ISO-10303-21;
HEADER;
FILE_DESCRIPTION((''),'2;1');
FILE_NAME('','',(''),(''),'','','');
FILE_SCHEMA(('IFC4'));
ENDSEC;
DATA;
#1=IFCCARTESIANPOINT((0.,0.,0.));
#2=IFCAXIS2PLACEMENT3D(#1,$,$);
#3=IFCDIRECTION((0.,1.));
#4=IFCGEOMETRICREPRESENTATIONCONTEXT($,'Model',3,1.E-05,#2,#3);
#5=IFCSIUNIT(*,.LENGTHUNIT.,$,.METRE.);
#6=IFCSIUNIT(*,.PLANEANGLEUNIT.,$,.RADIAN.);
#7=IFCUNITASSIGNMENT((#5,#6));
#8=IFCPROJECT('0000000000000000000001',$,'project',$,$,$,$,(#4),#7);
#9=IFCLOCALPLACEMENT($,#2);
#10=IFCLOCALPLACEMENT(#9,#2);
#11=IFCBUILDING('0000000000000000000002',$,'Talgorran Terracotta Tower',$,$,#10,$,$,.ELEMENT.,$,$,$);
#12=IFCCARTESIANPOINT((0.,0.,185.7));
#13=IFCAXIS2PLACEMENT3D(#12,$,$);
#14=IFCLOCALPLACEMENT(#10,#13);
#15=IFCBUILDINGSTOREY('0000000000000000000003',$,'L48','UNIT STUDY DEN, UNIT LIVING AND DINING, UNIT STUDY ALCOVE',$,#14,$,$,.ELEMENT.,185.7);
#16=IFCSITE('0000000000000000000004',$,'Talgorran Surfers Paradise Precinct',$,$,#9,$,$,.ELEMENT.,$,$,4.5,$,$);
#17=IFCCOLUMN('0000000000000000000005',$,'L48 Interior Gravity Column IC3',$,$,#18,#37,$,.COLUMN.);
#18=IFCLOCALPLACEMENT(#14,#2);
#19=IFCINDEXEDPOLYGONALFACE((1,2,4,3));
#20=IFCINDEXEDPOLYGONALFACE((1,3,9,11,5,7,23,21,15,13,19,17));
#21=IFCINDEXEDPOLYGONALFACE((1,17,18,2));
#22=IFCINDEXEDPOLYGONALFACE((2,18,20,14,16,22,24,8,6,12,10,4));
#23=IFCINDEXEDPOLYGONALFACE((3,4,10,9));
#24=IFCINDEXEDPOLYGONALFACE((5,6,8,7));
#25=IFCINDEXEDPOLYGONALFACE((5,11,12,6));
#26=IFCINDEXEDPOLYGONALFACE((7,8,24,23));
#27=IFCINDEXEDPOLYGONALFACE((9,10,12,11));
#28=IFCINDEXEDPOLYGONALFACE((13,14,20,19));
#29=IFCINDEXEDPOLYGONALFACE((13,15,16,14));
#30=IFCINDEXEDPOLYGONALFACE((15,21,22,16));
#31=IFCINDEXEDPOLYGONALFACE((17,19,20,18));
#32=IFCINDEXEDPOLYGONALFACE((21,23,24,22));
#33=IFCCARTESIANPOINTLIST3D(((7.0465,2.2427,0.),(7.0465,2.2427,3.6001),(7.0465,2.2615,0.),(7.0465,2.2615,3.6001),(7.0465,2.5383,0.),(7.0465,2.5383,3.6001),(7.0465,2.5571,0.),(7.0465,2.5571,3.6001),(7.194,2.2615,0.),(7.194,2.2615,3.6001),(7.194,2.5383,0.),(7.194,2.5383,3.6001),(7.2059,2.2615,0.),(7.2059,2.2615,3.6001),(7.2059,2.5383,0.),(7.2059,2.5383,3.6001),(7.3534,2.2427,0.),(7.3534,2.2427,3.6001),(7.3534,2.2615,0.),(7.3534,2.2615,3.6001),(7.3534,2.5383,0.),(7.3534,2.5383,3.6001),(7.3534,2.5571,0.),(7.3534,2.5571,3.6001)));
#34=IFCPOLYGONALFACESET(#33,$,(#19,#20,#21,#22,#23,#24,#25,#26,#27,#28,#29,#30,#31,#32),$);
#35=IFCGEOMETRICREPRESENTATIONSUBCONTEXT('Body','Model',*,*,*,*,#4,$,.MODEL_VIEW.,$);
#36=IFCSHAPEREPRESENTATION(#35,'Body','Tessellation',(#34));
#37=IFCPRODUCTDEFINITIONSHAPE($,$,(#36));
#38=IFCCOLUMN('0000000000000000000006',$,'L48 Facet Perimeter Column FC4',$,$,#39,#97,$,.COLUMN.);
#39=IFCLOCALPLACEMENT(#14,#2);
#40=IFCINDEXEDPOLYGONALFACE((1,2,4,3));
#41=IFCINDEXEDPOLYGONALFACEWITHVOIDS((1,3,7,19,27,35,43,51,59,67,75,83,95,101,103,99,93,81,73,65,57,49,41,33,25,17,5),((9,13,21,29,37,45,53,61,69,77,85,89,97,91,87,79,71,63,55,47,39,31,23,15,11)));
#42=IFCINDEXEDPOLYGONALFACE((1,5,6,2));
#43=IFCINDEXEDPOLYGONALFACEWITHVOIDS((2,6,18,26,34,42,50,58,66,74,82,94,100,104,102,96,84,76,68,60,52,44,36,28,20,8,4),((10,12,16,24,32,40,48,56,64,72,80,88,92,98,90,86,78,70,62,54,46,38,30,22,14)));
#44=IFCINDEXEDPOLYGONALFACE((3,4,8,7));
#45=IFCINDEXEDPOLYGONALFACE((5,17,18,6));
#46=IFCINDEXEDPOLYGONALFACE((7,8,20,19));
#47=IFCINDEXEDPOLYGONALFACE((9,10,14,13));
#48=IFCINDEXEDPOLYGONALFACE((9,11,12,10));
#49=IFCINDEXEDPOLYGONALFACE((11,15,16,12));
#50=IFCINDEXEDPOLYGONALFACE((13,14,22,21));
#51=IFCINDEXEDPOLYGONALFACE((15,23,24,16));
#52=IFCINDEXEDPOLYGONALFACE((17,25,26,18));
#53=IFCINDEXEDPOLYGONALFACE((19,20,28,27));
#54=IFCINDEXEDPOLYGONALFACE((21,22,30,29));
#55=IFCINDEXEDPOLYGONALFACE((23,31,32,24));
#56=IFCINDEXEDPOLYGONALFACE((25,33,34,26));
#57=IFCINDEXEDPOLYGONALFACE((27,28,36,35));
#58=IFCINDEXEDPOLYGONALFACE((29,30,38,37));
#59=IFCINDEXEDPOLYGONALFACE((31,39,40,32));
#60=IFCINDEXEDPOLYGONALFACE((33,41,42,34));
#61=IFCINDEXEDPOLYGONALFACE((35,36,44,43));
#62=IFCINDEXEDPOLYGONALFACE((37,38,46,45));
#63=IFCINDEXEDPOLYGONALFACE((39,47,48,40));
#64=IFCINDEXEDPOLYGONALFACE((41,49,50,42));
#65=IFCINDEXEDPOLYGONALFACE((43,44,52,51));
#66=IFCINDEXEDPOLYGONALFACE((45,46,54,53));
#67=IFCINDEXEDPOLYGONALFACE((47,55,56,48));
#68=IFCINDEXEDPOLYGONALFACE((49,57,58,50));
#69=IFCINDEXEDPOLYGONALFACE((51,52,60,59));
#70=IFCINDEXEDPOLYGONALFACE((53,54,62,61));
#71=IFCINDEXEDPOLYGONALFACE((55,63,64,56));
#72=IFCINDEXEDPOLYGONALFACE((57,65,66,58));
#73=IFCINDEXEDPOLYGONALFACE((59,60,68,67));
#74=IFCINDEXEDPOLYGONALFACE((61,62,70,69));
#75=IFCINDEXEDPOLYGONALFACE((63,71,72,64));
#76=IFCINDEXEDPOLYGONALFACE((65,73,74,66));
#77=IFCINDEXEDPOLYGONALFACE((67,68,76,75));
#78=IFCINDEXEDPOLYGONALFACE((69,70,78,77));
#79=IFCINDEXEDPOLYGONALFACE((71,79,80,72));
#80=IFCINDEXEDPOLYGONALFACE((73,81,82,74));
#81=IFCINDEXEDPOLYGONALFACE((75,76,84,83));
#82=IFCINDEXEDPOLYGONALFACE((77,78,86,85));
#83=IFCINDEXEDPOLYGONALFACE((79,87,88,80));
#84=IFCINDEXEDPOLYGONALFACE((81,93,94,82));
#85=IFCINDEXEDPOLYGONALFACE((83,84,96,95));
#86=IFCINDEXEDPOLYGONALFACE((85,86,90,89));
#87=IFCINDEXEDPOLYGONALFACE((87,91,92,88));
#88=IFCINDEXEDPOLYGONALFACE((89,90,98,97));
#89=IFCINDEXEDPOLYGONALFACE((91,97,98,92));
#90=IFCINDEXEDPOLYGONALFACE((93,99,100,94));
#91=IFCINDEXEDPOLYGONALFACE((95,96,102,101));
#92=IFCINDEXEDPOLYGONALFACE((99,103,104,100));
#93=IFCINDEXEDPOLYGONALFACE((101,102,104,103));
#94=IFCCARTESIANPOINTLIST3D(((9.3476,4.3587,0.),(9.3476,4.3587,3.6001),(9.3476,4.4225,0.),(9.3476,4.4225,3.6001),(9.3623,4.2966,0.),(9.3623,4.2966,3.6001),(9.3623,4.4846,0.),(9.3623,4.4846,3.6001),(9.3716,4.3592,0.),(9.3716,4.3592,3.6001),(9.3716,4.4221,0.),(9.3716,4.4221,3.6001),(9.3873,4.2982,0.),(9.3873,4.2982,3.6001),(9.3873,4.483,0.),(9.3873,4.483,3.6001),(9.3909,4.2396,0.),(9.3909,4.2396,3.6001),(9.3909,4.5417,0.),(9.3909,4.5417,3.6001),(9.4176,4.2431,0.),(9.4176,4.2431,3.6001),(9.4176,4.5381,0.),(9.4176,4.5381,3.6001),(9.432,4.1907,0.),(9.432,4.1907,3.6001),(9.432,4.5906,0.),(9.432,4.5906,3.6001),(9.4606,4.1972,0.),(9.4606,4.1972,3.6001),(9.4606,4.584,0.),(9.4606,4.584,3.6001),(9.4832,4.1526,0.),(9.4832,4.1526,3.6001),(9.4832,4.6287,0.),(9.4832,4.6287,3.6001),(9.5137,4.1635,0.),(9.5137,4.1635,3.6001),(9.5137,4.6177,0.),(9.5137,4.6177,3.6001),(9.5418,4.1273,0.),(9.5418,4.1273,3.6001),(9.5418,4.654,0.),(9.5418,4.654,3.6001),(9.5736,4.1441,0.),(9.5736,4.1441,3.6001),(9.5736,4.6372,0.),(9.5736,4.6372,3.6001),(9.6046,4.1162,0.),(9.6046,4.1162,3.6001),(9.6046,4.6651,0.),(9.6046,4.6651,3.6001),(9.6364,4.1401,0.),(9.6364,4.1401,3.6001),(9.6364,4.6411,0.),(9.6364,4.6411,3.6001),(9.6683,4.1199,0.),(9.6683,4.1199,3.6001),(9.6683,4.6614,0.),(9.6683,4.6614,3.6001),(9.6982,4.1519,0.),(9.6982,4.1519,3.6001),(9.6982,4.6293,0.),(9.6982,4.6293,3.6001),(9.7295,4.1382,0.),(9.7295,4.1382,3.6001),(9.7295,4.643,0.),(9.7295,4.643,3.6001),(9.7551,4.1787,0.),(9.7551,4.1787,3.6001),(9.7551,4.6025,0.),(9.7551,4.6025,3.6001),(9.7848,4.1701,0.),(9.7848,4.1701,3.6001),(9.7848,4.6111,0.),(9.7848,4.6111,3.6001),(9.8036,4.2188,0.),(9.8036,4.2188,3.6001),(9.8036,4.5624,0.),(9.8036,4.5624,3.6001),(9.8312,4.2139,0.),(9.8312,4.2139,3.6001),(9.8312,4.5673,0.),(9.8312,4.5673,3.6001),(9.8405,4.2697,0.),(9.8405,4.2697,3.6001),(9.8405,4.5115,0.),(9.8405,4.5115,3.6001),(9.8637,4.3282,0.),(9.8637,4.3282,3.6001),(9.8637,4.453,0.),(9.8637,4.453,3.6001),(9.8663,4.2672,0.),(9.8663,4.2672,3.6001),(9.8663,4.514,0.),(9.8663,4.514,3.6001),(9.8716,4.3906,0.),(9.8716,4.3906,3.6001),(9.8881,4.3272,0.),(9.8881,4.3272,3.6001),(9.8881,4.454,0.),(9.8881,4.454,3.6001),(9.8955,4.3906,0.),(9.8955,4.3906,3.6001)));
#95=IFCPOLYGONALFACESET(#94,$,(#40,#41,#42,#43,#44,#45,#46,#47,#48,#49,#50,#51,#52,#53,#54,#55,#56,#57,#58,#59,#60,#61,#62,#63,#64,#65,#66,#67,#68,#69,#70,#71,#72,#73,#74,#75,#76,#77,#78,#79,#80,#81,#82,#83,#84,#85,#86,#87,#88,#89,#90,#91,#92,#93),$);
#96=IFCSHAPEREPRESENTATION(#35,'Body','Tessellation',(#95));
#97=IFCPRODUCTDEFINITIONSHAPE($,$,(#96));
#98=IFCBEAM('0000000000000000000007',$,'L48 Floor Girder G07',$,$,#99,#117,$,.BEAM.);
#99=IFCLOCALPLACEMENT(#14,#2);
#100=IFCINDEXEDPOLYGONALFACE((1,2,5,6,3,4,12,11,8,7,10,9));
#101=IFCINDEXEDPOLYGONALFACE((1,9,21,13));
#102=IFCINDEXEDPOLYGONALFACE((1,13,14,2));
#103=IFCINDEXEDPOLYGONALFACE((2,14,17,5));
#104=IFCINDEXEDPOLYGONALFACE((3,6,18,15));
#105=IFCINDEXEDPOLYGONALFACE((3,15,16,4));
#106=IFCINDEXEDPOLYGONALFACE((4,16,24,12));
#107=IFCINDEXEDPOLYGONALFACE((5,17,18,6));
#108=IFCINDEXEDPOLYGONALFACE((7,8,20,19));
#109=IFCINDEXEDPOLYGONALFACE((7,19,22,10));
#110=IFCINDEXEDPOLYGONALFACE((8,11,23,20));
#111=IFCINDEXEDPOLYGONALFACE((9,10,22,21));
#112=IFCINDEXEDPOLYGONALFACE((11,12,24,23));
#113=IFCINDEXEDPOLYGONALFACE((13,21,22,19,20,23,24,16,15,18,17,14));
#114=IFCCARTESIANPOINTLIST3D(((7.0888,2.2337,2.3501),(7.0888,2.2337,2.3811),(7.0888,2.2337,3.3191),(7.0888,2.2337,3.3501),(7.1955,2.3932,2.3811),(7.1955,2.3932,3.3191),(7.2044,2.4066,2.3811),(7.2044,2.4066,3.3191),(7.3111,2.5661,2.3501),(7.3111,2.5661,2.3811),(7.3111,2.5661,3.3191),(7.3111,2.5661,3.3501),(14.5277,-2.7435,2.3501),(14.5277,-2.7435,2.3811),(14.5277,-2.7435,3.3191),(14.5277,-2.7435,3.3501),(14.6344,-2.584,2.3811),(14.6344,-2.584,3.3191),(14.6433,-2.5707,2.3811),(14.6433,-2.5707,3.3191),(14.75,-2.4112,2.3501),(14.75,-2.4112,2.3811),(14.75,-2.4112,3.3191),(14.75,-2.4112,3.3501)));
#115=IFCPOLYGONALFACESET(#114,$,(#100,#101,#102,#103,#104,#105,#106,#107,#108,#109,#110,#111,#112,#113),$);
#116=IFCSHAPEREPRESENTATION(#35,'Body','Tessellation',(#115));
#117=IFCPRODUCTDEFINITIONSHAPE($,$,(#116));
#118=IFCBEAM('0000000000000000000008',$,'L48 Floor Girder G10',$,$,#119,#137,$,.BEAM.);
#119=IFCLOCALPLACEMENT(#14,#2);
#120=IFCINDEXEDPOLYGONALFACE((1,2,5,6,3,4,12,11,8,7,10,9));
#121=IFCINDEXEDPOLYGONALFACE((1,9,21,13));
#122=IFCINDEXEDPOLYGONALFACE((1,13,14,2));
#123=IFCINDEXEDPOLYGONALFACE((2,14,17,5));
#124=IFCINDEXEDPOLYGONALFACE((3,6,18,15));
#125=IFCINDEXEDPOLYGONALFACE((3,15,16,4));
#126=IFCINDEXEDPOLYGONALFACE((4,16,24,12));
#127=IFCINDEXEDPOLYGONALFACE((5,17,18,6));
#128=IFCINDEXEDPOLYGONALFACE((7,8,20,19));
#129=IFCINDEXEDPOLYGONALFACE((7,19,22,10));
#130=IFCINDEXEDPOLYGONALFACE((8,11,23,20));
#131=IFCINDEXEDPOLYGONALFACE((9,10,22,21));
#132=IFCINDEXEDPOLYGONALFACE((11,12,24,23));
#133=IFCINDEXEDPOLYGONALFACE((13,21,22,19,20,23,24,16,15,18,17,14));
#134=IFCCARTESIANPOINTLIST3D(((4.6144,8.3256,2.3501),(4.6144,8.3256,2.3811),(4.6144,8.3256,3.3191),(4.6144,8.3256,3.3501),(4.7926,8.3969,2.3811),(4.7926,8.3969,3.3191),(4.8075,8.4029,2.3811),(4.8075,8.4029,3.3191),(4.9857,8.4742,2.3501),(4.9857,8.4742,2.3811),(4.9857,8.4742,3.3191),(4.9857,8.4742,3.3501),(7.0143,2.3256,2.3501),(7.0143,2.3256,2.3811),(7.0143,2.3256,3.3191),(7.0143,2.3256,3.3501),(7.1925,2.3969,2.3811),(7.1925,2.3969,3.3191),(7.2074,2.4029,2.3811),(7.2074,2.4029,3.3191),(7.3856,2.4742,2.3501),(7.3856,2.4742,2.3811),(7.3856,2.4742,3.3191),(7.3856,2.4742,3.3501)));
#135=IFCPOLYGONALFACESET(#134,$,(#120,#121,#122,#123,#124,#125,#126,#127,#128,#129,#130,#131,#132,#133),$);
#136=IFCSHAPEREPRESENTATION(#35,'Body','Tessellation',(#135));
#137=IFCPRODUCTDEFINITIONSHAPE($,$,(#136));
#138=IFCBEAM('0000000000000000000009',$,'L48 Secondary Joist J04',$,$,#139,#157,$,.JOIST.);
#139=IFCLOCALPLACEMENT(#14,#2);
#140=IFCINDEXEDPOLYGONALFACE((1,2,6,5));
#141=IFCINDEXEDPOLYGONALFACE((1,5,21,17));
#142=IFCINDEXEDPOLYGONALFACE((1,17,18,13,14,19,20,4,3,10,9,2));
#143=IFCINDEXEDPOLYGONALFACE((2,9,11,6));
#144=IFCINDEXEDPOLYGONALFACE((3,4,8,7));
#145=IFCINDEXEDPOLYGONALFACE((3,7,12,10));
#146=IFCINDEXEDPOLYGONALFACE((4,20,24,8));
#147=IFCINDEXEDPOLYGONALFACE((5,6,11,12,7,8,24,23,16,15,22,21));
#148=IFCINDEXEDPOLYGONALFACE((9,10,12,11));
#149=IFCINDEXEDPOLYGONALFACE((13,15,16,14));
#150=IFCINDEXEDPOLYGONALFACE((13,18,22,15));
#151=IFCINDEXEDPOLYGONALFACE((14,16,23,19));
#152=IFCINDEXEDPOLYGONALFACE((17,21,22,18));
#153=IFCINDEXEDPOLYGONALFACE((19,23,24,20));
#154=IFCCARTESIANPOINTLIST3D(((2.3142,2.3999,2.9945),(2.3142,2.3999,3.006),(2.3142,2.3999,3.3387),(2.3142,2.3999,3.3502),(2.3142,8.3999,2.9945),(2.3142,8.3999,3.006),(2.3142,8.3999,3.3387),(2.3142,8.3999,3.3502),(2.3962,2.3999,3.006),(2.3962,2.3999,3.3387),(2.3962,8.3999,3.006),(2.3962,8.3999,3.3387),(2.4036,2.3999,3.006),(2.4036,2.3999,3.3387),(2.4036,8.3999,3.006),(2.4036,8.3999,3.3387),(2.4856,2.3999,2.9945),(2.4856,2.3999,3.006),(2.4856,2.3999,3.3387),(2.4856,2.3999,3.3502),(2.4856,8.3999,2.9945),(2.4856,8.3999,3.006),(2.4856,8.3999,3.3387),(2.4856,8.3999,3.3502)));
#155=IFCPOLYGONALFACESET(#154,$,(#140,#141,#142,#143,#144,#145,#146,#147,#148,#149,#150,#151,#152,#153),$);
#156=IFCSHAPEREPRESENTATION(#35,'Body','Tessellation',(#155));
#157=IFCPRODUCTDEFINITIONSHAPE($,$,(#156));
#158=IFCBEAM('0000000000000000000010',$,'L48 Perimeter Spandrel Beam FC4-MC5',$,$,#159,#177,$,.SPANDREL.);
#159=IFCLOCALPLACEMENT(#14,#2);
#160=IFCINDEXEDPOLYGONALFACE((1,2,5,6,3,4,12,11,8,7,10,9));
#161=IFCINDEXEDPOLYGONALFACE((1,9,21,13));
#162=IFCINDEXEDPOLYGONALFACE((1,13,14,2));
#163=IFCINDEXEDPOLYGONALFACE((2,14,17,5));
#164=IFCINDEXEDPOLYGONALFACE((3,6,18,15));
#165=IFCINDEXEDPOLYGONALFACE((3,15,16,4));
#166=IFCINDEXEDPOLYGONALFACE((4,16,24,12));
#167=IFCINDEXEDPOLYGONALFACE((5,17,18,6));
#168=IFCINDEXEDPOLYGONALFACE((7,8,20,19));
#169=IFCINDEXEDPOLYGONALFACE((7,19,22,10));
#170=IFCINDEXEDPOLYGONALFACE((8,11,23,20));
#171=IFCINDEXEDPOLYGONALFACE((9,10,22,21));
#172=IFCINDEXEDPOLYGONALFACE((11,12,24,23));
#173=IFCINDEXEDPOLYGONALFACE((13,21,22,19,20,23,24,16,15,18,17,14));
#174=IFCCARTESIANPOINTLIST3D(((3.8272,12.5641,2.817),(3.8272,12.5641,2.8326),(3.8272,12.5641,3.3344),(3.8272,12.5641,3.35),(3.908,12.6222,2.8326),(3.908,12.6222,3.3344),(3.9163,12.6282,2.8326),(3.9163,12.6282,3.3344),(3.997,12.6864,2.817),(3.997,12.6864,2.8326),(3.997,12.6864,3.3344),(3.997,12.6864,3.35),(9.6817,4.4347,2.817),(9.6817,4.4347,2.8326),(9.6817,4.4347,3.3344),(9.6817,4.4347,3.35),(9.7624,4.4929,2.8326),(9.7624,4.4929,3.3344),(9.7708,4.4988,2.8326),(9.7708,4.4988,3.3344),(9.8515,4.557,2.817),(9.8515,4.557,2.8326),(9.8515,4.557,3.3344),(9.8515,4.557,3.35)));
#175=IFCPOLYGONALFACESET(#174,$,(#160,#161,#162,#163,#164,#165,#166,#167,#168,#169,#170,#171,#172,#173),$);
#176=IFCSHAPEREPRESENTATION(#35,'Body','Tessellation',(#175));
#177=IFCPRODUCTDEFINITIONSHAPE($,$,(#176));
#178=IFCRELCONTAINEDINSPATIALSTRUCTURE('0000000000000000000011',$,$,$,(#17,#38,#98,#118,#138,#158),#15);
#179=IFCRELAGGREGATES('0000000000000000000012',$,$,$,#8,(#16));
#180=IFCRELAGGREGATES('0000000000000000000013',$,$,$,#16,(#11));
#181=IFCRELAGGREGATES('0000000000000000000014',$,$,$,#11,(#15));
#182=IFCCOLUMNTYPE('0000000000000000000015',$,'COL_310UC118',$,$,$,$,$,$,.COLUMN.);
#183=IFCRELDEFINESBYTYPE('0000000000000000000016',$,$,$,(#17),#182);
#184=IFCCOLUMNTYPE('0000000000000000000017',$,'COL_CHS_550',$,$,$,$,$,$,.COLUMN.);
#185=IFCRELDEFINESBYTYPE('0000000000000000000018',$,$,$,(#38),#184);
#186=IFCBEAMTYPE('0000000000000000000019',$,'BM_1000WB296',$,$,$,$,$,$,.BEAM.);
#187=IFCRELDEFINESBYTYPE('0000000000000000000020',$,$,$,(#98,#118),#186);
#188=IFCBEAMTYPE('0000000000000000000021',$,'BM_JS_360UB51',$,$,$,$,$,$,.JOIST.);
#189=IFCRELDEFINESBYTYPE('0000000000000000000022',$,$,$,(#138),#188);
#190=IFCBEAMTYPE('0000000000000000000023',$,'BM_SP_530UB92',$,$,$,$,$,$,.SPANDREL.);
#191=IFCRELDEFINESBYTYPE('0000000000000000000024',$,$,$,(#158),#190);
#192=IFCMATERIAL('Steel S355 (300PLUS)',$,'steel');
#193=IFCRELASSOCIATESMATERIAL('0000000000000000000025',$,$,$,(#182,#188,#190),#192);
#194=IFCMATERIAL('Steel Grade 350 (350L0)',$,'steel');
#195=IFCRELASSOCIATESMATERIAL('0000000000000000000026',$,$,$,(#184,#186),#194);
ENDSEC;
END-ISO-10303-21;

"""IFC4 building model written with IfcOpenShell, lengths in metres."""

from ifc_helpers import new_model, si_unit, direction, frame, origin, origin_2d, place, context, subcontext, project, spatial, hollow_circle, i_section, extrude, material, material_profile, profile_set, type_object, element, save


model = new_model("IFC4")

# Units and contexts
model_context = context("Model", 3, precision=1e-05, world=origin(), true_north=direction((0.0, 1.0)))
body_context = subcontext(model_context, "Body", "Model", "MODEL_VIEW")
ifc_project = project(units=[si_unit("LENGTHUNIT", "METRE"), si_unit("PLANEANGLEUNIT", "RADIAN")], contexts=[model_context])

# Site, building, storey
site_placement = place(None, origin())
site = spatial("IfcSite", under=ifc_project, at=site_placement, Name="Talgorran Surfers Paradise Precinct", CompositionType="ELEMENT", RefElevation=4.5)
building_placement = place(site_placement, origin())
building = spatial("IfcBuilding", under=site, at=building_placement, Name="Talgorran Terracotta Tower", CompositionType="ELEMENT")
storey_placement = place(building_placement, frame((0.0, 0.0, 185.7)))
storey = spatial("IfcBuildingStorey", under=building, at=storey_placement, Name="L48", Description="UNIT STUDY DEN, UNIT LIVING AND DINING, UNIT STUDY ALCOVE", CompositionType="ELEMENT", Elevation=185.7)

# Columns
ifc_material_1 = material(Name="Steel S355 (300PLUS)", Category="steel")
ifc_material_profile_1 = material_profile(ifc_material_1, i_section(OverallWidth=0.3069, OverallDepth=0.3145, WebThickness=0.012, FlangeThickness=0.0188, at=origin_2d()), Name="310UC118")
ifc_profile_set_1 = profile_set([ifc_material_profile_1], Name="Steel S355 (300PLUS)")
column_type_1 = type_object("IfcColumnType", Name="COL_310UC118", PredefinedType="COLUMN", material=ifc_profile_set_1)
column_1_placement = place(storey_placement, frame((7.2, 2.3999, 0.0), z_axis=(0.0, 0.0, 1.0), x_axis=(1.0, 0.0, 0.0)))
element("IfcColumn", 1, at=column_1_placement, inside=storey, type_object=column_type_1, Name="L48 Interior Gravity Column IC3", PredefinedType="COLUMN", context=body_context, shape_type="SweptSolid", body=[
    extrude(i_section(OverallWidth=0.3069, OverallDepth=0.3145, WebThickness=0.012, FlangeThickness=0.0188, at=origin_2d()), origin(), (0.0, 0.0, 1.0), 3.6001),
])
ifc_material_2 = material(Name="Steel Grade 350 (350L0)", Category="steel")
ifc_material_profile_2 = material_profile(ifc_material_2, hollow_circle(Radius=0.2749, WallThickness=0.0239, at=origin_2d()), Name="CHS550X24")
ifc_profile_set_2 = profile_set([ifc_material_profile_2], Name="Steel Grade 350 (350L0)")
column_type_2 = type_object("IfcColumnType", Name="COL_CHS_550", PredefinedType="COLUMN", material=ifc_profile_set_2)
column_2_placement = place(storey_placement, frame((9.6206, 4.3906, 0.0), z_axis=(0.0, 0.0, 1.0), x_axis=(1.0, 0.0, 0.0)))
element("IfcColumn", 2, at=column_2_placement, inside=storey, type_object=column_type_2, Name="L48 Facet Perimeter Column FC4", PredefinedType="COLUMN", context=body_context, shape_type="SweptSolid", body=[
    extrude(hollow_circle(Radius=0.2749, WallThickness=0.0239, at=origin_2d()), origin(), (0.0, 0.0, 1.0), 3.6001),
])

# Beams
ifc_material_profile_3 = material_profile(ifc_material_2, i_section(OverallWidth=0.3999, OverallDepth=1.0, WebThickness=0.0161, FlangeThickness=0.031, at=origin_2d()), Name="1000WB296")
ifc_profile_set_3 = profile_set([ifc_material_profile_3], Name="Steel Grade 350 (350L0)")
beam_type_1 = type_object("IfcBeamType", Name="BM_1000WB296", PredefinedType="BEAM", material=ifc_profile_set_3)
beam_1_placement = place(storey_placement, frame((7.2, 2.3999, 2.8501), z_axis=(0.831122, -0.556091, 0.0), x_axis=(0.556091, 0.831122, 0.0)))
element("IfcBeam", 3, at=beam_1_placement, inside=storey, type_object=beam_type_1, Name="L48 Floor Girder G07", PredefinedType="BEAM", context=body_context, shape_type="SweptSolid", body=[
    extrude(i_section(OverallWidth=0.3999, OverallDepth=1.0, WebThickness=0.0161, FlangeThickness=0.031, at=origin_2d()), origin(), (0.0, 0.0, 1.0), 8.9504),
])
beam_2_placement = place(storey_placement, frame((7.2, 2.3999, 2.8501), z_axis=(-0.371378, 0.928482, 0.0), x_axis=(-0.928482, -0.371378, 0.0)))
element("IfcBeam", 4, at=beam_2_placement, inside=storey, type_object=beam_type_1, Name="L48 Floor Girder G10", PredefinedType="BEAM", context=body_context, shape_type="SweptSolid", body=[
    extrude(i_section(OverallWidth=0.3999, OverallDepth=1.0, WebThickness=0.0161, FlangeThickness=0.031, at=origin_2d()), origin(), (0.0, 0.0, 1.0), 6.4622),
])
ifc_material_profile_4 = material_profile(ifc_material_1, i_section(OverallWidth=0.1714, OverallDepth=0.3557, WebThickness=0.0073, FlangeThickness=0.0115, at=origin_2d()), Name="360UB50.7")
ifc_profile_set_4 = profile_set([ifc_material_profile_4], Name="Steel S355 (300PLUS)")
beam_type_2 = type_object("IfcBeamType", Name="BM_JS_360UB51", PredefinedType="JOIST", material=ifc_profile_set_4)
beam_3_placement = place(storey_placement, frame((2.3999, 2.3999, 3.1724), z_axis=(0.0, 1.0, 0.0), x_axis=(-1.0, 0.0, 0.0)))
element("IfcBeam", 5, at=beam_3_placement, inside=storey, type_object=beam_type_2, Name="L48 Secondary Joist J04", PredefinedType="JOIST", context=body_context, shape_type="SweptSolid", body=[
    extrude(i_section(OverallWidth=0.1714, OverallDepth=0.3557, WebThickness=0.0073, FlangeThickness=0.0115, at=origin_2d()), origin(), (0.0, 0.0, 1.0), 6.0),
])
ifc_material_profile_5 = material_profile(ifc_material_1, i_section(OverallWidth=0.2092, OverallDepth=0.533, WebThickness=0.0103, FlangeThickness=0.0156, at=origin_2d()), Name="530UB92.4")
ifc_profile_set_5 = profile_set([ifc_material_profile_5], Name="Steel S355 (300PLUS)")
beam_type_3 = type_object("IfcBeamType", Name="BM_SP_530UB92", PredefinedType="SPANDREL", material=ifc_profile_set_5)
beam_4_placement = place(storey_placement, frame((9.7666, 4.4958, 3.0835), z_axis=(-0.584392, 0.811471, 0.0), x_axis=(-0.811471, -0.584392, 0.0)))
element("IfcBeam", 6, at=beam_4_placement, inside=storey, type_object=beam_type_3, Name="L48 Perimeter Spandrel Beam FC4-MC5", PredefinedType="SPANDREL", context=body_context, shape_type="SweptSolid", body=[
    extrude(i_section(OverallWidth=0.2092, OverallDepth=0.533, WebThickness=0.0103, FlangeThickness=0.0156, at=origin_2d()), origin(), (0.0, 0.0, 1.0), 10.0181),
])

save(model, "model.ifc")
